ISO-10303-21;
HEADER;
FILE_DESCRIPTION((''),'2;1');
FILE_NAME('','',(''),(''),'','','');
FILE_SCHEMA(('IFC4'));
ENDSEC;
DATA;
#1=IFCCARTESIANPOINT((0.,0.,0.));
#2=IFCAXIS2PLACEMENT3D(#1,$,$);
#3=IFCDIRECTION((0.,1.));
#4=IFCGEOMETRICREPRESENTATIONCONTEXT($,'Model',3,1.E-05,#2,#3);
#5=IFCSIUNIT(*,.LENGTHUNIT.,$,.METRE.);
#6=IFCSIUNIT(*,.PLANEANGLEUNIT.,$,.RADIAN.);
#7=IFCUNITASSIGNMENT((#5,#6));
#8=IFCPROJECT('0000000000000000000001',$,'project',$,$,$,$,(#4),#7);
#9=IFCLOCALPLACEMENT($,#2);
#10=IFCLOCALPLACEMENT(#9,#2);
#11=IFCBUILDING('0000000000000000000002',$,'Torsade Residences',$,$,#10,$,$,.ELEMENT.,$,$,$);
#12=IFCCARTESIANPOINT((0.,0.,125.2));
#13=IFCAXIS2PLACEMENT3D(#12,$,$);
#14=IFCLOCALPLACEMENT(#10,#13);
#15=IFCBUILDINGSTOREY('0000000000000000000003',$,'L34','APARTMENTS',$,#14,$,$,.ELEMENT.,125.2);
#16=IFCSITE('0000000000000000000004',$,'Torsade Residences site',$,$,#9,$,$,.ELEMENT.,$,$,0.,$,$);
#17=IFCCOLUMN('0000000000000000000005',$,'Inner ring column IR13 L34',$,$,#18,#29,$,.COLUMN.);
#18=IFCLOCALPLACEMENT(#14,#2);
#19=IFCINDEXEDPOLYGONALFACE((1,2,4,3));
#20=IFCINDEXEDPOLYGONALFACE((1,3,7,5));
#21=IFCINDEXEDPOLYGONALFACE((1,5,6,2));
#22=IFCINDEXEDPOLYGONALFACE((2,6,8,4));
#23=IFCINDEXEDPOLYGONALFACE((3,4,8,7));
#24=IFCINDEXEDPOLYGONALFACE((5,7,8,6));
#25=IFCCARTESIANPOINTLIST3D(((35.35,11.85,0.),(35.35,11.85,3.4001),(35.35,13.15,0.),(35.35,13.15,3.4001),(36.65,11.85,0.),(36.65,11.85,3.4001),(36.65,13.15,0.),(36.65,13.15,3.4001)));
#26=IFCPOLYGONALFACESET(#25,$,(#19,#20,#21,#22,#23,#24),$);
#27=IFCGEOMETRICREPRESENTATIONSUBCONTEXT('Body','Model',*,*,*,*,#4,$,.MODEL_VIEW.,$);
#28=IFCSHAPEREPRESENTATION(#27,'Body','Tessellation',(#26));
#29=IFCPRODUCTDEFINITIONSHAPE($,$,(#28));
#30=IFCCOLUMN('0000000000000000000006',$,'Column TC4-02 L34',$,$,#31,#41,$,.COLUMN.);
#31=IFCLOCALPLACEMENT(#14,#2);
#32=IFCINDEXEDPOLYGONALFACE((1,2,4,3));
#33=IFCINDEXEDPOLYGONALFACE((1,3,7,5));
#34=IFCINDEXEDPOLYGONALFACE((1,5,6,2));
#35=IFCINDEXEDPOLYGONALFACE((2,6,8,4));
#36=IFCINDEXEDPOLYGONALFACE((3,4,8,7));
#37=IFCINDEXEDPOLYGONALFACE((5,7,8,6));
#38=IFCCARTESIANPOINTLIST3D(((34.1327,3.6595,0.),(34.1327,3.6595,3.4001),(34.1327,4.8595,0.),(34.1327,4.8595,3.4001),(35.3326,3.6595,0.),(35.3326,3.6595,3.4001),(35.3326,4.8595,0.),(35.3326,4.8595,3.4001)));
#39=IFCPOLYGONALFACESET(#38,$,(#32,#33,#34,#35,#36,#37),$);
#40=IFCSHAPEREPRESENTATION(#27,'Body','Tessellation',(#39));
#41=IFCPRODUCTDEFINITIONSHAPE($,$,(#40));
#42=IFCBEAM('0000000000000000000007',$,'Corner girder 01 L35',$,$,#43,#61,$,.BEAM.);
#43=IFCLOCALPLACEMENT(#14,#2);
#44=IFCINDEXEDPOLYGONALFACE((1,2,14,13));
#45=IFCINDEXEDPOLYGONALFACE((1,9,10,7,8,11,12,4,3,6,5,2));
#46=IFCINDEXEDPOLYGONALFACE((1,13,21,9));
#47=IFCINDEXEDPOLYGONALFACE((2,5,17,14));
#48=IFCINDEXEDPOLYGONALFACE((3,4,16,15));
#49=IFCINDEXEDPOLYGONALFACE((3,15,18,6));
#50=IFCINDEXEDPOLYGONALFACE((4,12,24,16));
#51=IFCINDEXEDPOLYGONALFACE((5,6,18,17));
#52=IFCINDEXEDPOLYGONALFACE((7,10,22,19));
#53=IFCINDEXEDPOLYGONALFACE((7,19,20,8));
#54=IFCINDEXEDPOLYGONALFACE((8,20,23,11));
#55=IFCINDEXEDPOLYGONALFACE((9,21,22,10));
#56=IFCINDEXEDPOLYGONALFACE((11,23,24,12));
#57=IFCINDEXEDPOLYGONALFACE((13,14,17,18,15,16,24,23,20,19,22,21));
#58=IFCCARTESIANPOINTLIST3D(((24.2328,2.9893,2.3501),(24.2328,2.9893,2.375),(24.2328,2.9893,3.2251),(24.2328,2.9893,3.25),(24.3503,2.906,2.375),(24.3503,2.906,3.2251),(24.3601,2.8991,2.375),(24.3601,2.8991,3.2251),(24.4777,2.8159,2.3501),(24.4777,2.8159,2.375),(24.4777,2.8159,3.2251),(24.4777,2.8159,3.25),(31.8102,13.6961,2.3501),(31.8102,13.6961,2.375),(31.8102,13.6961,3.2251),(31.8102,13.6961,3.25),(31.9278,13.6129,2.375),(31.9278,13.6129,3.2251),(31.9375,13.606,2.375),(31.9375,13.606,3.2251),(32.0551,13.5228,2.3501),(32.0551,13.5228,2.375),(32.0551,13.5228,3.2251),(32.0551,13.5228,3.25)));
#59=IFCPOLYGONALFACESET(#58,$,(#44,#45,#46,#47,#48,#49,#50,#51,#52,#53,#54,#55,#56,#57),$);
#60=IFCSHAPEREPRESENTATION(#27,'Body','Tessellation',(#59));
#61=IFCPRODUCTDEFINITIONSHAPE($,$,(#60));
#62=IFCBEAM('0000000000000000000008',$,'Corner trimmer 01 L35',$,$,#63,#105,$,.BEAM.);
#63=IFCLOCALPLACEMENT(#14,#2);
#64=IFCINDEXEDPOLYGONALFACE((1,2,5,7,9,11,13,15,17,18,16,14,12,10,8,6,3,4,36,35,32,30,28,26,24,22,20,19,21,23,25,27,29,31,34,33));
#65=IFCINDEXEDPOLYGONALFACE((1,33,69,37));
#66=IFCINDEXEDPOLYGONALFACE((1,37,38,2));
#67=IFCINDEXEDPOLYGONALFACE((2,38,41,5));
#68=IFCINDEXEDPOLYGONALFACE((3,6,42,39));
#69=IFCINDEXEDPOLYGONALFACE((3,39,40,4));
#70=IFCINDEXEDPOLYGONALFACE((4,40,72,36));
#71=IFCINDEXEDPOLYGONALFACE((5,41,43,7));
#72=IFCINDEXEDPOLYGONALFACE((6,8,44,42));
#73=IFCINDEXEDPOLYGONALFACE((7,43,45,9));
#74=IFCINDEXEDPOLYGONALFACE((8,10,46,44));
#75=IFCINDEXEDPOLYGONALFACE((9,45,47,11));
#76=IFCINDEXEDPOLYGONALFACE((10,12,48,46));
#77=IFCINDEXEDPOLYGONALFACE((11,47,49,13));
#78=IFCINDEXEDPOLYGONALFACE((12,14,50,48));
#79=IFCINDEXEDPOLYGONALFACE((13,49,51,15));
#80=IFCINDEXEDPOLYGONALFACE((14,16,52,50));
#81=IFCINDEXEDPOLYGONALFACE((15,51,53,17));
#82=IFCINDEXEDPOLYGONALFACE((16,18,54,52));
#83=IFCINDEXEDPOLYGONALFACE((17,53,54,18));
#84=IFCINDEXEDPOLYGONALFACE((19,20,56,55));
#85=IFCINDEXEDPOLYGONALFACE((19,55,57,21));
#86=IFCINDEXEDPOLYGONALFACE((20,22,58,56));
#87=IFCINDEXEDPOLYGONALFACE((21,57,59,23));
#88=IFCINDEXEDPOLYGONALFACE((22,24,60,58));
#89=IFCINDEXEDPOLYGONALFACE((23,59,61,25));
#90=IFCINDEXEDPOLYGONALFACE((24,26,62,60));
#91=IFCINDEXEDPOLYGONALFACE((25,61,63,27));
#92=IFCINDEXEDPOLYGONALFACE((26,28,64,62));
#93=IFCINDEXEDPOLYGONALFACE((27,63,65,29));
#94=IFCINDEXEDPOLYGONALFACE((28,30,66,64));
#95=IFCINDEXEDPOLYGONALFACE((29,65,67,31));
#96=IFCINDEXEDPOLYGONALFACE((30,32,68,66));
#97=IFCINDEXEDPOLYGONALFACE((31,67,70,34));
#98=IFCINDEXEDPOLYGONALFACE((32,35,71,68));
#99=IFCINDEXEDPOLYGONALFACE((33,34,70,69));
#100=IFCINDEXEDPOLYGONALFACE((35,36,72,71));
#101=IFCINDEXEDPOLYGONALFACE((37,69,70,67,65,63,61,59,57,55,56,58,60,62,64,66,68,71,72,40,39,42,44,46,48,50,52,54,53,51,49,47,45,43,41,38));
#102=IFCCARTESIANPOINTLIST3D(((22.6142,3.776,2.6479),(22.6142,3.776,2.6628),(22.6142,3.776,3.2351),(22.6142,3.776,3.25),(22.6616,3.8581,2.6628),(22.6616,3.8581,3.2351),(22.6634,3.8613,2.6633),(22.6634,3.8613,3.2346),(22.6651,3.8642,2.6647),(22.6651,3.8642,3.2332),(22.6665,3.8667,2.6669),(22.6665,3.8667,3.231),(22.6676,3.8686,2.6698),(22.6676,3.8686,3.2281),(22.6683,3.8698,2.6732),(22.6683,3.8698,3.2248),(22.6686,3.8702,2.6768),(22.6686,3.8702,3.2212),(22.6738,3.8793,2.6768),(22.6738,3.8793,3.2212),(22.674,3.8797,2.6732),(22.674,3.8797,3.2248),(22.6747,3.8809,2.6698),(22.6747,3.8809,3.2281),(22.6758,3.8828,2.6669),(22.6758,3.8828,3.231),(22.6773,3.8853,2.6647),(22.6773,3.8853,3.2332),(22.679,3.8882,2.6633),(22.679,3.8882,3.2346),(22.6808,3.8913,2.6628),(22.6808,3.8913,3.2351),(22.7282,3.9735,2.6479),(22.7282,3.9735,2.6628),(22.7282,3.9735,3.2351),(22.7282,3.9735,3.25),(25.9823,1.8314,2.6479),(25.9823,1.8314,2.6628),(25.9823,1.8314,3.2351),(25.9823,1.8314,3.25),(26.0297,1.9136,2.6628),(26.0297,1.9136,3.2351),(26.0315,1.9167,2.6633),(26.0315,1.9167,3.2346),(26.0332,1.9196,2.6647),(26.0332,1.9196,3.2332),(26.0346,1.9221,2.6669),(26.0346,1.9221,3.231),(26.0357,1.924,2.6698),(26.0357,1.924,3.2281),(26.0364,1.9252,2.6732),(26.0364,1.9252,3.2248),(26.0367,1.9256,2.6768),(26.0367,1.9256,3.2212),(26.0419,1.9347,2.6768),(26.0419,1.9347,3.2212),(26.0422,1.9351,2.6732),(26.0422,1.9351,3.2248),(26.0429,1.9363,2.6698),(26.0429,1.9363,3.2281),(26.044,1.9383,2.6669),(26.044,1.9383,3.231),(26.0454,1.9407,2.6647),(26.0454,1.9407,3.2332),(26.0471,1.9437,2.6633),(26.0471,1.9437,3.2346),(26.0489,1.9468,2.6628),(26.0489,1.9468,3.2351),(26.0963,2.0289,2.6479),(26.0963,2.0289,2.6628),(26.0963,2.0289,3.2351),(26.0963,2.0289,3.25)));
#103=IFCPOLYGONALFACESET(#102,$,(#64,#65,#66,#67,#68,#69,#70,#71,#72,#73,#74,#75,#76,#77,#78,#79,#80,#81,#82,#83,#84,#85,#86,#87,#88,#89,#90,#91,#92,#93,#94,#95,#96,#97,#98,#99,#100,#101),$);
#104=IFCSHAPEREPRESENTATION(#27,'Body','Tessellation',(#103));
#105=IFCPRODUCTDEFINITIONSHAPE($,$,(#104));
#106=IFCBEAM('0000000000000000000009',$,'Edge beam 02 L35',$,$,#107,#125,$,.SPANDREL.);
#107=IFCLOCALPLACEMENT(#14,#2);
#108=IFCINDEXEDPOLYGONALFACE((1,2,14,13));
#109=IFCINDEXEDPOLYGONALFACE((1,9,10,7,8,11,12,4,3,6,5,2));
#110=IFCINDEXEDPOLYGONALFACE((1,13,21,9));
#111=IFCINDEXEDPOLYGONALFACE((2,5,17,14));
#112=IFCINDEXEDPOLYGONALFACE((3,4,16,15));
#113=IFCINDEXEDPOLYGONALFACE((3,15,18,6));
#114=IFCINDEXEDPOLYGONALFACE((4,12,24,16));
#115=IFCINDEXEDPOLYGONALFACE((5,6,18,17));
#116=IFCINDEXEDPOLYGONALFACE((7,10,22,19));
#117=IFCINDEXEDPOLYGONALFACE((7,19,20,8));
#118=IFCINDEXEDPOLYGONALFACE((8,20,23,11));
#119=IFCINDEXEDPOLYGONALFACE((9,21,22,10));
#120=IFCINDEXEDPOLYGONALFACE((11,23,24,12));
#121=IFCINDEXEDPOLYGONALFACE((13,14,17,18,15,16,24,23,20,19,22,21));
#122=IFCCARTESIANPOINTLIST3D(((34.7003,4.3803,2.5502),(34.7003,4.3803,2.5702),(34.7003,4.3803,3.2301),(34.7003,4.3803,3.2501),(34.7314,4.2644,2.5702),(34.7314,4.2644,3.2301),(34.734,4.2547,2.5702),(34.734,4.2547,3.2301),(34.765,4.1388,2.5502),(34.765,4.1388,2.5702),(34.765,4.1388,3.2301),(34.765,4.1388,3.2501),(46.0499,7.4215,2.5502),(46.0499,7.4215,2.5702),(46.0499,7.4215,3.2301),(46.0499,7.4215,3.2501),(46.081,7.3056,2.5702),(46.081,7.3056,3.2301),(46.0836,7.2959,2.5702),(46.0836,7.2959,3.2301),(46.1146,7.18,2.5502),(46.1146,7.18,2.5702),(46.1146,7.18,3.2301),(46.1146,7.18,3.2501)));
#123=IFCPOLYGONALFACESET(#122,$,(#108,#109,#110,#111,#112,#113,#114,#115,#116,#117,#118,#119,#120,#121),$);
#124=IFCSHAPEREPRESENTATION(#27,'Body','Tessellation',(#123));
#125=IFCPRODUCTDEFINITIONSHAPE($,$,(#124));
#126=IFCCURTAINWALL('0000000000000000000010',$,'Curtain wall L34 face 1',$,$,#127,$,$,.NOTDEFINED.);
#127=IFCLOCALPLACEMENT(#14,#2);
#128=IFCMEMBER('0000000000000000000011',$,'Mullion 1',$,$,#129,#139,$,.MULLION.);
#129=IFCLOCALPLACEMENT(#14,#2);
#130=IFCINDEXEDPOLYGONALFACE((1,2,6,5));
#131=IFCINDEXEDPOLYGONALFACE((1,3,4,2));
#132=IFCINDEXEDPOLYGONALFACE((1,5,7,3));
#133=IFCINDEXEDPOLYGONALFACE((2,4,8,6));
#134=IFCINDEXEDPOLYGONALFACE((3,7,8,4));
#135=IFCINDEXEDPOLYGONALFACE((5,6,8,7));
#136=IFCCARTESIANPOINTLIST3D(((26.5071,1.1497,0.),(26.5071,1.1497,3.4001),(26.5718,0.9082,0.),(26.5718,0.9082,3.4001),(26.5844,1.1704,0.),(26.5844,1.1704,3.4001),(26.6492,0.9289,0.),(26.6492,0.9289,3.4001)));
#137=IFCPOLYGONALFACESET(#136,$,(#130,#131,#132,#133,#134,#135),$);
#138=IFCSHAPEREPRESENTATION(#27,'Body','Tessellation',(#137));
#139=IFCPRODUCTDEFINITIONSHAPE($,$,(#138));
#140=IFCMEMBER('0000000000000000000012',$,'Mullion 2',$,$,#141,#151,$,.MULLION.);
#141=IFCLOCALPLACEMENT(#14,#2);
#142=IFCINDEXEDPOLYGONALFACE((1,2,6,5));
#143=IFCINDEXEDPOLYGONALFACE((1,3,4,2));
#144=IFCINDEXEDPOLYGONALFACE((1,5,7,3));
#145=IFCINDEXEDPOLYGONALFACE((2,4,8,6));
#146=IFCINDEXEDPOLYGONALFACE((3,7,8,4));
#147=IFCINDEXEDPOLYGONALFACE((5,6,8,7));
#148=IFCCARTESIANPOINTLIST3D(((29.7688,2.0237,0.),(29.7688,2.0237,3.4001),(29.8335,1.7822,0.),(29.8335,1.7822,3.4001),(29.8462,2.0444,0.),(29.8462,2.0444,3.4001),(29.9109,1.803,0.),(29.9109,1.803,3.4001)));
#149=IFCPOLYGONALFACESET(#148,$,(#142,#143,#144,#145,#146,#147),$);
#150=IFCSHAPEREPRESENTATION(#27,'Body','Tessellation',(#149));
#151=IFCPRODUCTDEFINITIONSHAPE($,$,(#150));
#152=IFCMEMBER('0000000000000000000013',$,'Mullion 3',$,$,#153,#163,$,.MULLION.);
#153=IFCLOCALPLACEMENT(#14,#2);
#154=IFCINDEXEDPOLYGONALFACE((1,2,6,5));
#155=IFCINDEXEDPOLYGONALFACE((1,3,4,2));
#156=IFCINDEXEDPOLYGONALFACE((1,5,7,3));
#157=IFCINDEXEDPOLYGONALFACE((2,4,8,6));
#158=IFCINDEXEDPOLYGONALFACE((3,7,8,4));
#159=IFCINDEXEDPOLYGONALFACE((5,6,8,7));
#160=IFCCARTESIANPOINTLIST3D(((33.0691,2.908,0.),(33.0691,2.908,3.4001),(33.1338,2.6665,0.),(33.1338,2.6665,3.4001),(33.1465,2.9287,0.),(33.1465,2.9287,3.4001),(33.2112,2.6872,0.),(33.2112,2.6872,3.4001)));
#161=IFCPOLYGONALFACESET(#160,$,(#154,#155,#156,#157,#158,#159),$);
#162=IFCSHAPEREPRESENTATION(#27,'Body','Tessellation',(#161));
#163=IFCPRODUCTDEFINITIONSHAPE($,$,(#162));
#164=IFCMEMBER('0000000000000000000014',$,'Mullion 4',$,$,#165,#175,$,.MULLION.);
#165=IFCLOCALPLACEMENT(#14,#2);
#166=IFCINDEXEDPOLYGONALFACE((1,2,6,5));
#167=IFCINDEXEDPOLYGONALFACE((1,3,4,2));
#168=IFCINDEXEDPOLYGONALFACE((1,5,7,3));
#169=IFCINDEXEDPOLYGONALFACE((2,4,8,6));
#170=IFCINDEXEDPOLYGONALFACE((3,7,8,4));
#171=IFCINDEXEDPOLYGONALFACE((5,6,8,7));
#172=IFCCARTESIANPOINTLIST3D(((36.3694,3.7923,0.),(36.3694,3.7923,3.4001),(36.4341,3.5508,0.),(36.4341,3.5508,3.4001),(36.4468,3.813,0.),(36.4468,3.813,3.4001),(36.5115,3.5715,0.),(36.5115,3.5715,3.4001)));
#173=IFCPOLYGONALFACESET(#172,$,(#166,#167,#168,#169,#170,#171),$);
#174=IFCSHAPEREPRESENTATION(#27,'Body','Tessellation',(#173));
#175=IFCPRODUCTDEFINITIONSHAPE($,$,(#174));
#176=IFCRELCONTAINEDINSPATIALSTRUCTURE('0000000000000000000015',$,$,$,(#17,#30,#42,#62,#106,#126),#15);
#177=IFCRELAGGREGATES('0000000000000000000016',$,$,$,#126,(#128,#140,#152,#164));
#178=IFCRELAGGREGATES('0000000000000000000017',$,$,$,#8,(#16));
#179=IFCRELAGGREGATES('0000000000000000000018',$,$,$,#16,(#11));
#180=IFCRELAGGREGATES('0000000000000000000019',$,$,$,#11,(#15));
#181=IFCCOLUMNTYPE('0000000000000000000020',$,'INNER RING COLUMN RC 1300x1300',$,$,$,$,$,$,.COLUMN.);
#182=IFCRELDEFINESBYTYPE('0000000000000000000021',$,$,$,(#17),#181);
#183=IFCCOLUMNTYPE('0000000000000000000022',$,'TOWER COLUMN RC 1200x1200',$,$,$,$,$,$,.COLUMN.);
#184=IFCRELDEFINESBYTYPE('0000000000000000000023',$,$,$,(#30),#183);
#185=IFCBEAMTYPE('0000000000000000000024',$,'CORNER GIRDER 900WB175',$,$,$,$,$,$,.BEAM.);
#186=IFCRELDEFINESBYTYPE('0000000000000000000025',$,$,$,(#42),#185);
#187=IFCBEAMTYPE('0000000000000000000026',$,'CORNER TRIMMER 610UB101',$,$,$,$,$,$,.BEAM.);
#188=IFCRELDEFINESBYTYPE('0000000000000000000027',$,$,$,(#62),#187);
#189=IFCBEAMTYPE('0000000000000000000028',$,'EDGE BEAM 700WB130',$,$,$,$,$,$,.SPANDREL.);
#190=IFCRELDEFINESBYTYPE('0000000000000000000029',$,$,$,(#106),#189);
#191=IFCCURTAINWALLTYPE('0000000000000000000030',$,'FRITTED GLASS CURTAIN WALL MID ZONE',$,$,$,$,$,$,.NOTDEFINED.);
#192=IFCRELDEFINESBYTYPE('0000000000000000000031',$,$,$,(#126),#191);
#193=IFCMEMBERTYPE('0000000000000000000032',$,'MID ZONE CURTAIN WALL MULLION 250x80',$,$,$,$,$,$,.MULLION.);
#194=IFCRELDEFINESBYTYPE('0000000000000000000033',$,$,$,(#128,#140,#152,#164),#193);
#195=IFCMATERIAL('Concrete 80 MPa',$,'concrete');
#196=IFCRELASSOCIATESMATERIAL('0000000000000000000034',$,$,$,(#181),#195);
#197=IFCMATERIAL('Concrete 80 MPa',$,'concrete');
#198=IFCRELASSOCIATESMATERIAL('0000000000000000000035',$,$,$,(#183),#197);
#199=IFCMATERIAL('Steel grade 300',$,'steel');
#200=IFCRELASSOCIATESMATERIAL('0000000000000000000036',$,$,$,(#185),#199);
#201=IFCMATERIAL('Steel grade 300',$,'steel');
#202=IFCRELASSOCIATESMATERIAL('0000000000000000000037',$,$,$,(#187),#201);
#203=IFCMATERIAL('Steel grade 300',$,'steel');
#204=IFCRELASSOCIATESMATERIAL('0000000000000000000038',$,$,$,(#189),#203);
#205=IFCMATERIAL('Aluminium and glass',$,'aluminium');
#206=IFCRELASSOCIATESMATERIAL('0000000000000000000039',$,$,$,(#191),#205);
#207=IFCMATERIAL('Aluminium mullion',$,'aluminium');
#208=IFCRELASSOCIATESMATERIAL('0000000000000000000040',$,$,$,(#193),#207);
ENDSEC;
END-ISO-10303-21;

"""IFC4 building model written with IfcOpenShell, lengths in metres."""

from ifc_helpers import new_model, si_unit, direction, frame, origin, origin_2d, place, context, subcontext, project, spatial, rectangle, i_section, extrude, material, material_profile, profile_set, type_object, element, aggregate, save


model = new_model("IFC4")

# Units and contexts
model_context = context("Model", 3, precision=1e-05, world=origin(), true_north=direction((0.0, 1.0)))
body_context = subcontext(model_context, "Body", "Model", "MODEL_VIEW")
ifc_project = project(units=[si_unit("LENGTHUNIT", "METRE"), si_unit("PLANEANGLEUNIT", "RADIAN")], contexts=[model_context])

# Site, building, storey
site_placement = place(None, origin())
site = spatial("IfcSite", under=ifc_project, at=site_placement, Name="Torsade Residences site", CompositionType="ELEMENT", RefElevation=0.0)
building_placement = place(site_placement, origin())
building = spatial("IfcBuilding", under=site, at=building_placement, Name="Torsade Residences", CompositionType="ELEMENT")
storey_placement = place(building_placement, frame((0.0, 0.0, 125.2)))
storey = spatial("IfcBuildingStorey", under=building, at=storey_placement, Name="L34", Description="APARTMENTS", CompositionType="ELEMENT", Elevation=125.2)

# Columns
ifc_material_1 = material(Name="Concrete 80 MPa", Category="concrete")
ifc_material_profile_1 = material_profile(ifc_material_1, rectangle(XDim=1.3, YDim=1.3, at=origin_2d()), Name="RC 1300x1300")
ifc_profile_set_1 = profile_set([ifc_material_profile_1], Name="Concrete 80 MPa")
column_type_1 = type_object("IfcColumnType", Name="INNER RING COLUMN RC 1300x1300", PredefinedType="COLUMN", material=ifc_profile_set_1)
column_1_placement = place(storey_placement, frame((36.0, 12.5, 0.0), z_axis=(0.0, 0.0, 1.0), x_axis=(1.0, 0.0, 0.0)))
element("IfcColumn", 1, at=column_1_placement, inside=storey, type_object=column_type_1, Name="Inner ring column IR13 L34", PredefinedType="COLUMN", context=body_context, shape_type="SweptSolid", body=[
    extrude(rectangle(XDim=1.3, YDim=1.3, at=origin_2d()), origin(), (0.0, 0.0, 1.0), 3.4001),
])
ifc_material_2 = material(Name="Concrete 80 MPa", Category="concrete")
ifc_material_profile_2 = material_profile(ifc_material_2, rectangle(XDim=1.2, YDim=1.2, at=origin_2d()), Name="RC 1200x1200")
ifc_profile_set_2 = profile_set([ifc_material_profile_2], Name="Concrete 80 MPa")
column_type_2 = type_object("IfcColumnType", Name="TOWER COLUMN RC 1200x1200", PredefinedType="COLUMN", material=ifc_profile_set_2)
column_2_placement = place(storey_placement, frame((34.7327, 4.2595, 0.0), z_axis=(0.0, 0.0, 1.0), x_axis=(1.0, 0.0, 0.0)))
element("IfcColumn", 2, at=column_2_placement, inside=storey, type_object=column_type_2, Name="Column TC4-02 L34", PredefinedType="COLUMN", context=body_context, shape_type="SweptSolid", body=[
    extrude(rectangle(XDim=1.2, YDim=1.2, at=origin_2d()), origin(), (0.0, 0.0, 1.0), 3.4001),
])

# Beams
ifc_material_3 = material(Name="Steel grade 300", Category="steel")
ifc_material_profile_3 = material_profile(ifc_material_3, i_section(OverallWidth=0.3, OverallDepth=0.8999, WebThickness=0.012, FlangeThickness=0.0249, at=origin_2d()), Name="900WB175")
ifc_profile_set_3 = profile_set([ifc_material_profile_3], Name="Steel grade 300")
beam_type_1 = type_object("IfcBeamType", Name="CORNER GIRDER 900WB175", PredefinedType="BEAM", material=ifc_profile_set_3)
beam_1_placement = place(storey_placement, frame((24.3552, 2.9026, 2.8), z_axis=(0.577683, 0.816261, 0.0), x_axis=(-0.816261, 0.577683, 0.0)))
element("IfcBeam", 3, at=beam_1_placement, inside=storey, type_object=beam_type_1, Name="Corner girder 01 L35", PredefinedType="BEAM", context=body_context, shape_type="SweptSolid", body=[
    extrude(i_section(OverallWidth=0.3, OverallDepth=0.8999, WebThickness=0.012, FlangeThickness=0.0249, at=origin_2d()), origin(), (0.0, 0.0, 1.0), 13.1169),
])
ifc_material_4 = material(Name="Steel grade 300", Category="steel")
ifc_material_profile_4 = material_profile(ifc_material_4, i_section(OverallWidth=0.228, OverallDepth=0.6021, WebThickness=0.0105, FlangeThickness=0.0149, FilletRadius=0.0139, at=origin_2d()), Name="610UB101")
ifc_profile_set_4 = profile_set([ifc_material_profile_4], Name="Steel grade 300")
beam_type_2 = type_object("IfcBeamType", Name="CORNER TRIMMER 610UB101", PredefinedType="BEAM", material=ifc_profile_set_4)
beam_2_placement = place(storey_placement, frame((26.0393, 1.9302, 2.949), z_axis=(-0.866029, 0.499994, 0.0), x_axis=(-0.499994, -0.866029, 0.0)))
element("IfcBeam", 4, at=beam_2_placement, inside=storey, type_object=beam_type_2, Name="Corner trimmer 01 L35", PredefinedType="BEAM", context=body_context, shape_type="SweptSolid", body=[
    extrude(i_section(OverallWidth=0.228, OverallDepth=0.6021, WebThickness=0.0105, FlangeThickness=0.0149, FilletRadius=0.0139, at=origin_2d()), origin(), (0.0, 0.0, 1.0), 3.8892),
])
ifc_material_5 = material(Name="Steel grade 300", Category="steel")
ifc_material_profile_5 = material_profile(ifc_material_5, i_section(OverallWidth=0.25, OverallDepth=0.7, WebThickness=0.01, FlangeThickness=0.02, at=origin_2d()), Name="700WB130")
ifc_profile_set_5 = profile_set([ifc_material_profile_5], Name="Steel grade 300")
beam_type_3 = type_object("IfcBeamType", Name="EDGE BEAM 700WB130", PredefinedType="SPANDREL", material=ifc_profile_set_5)
beam_3_placement = place(storey_placement, frame((34.7327, 4.2595, 2.9001), z_axis=(0.965923, 0.25883, 0.0), x_axis=(-0.25883, 0.965923, 0.0)))
element("IfcBeam", 5, at=beam_3_placement, inside=storey, type_object=beam_type_3, Name="Edge beam 02 L35", PredefinedType="SPANDREL", context=body_context, shape_type="SweptSolid", body=[
    extrude(i_section(OverallWidth=0.25, OverallDepth=0.7, WebThickness=0.01, FlangeThickness=0.02, at=origin_2d()), origin(), (0.0, 0.0, 1.0), 11.75),
])

# Curtain wall, members
ifc_material_6 = material(Name="Aluminium and glass", Category="aluminium")
curtain_wall_type = type_object("IfcCurtainWallType", Name="FRITTED GLASS CURTAIN WALL MID ZONE", PredefinedType="NOTDEFINED", material=ifc_material_6)
curtain_wall_placement = place(storey_placement, origin())
curtain_wall = element("IfcCurtainWall", 6, at=curtain_wall_placement, inside=storey, type_object=curtain_wall_type, Name="Curtain wall L34 face 1", PredefinedType="NOTDEFINED")
ifc_material_7 = material(Name="Aluminium mullion", Category="aluminium")
ifc_material_profile_6 = material_profile(ifc_material_7, rectangle(XDim=0.25, YDim=0.0801, at=origin_2d()), Name="MID ZONE CURTAIN WALL MULLION 250x80")
ifc_profile_set_6 = profile_set([ifc_material_profile_6], Name="Aluminium mullion")
member_type_1 = type_object("IfcMemberType", Name="MID ZONE CURTAIN WALL MULLION 250x80", PredefinedType="MULLION", material=ifc_profile_set_6)
member_1_placement = place(storey_placement, frame((26.5781, 1.0393, 0.0), z_axis=(0.0, 0.0, 1.0), x_axis=(-0.258819, 0.965926, 0.0)))
member_1 = element("IfcMember", 7, at=member_1_placement, type_object=member_type_1, Name="Mullion 1", PredefinedType="MULLION", context=body_context, shape_type="SweptSolid", body=[
    extrude(rectangle(XDim=0.25, YDim=0.0801, at=origin_2d()), origin(), (0.0, 0.0, 1.0), 3.4001),
])
member_2_placement = place(storey_placement, frame((29.8398, 1.9133, 0.0), z_axis=(0.0, 0.0, 1.0), x_axis=(-0.258819, 0.965926, 0.0)))
member_2 = element("IfcMember", 8, at=member_2_placement, type_object=member_type_1, Name="Mullion 2", PredefinedType="MULLION", context=body_context, shape_type="SweptSolid", body=[
    extrude(rectangle(XDim=0.25, YDim=0.0801, at=origin_2d()), origin(), (0.0, 0.0, 1.0), 3.4001),
])
member_3_placement = place(storey_placement, frame((33.1401, 2.7976, 0.0), z_axis=(0.0, 0.0, 1.0), x_axis=(-0.258819, 0.965926, 0.0)))
member_3 = element("IfcMember", 9, at=member_3_placement, type_object=member_type_1, Name="Mullion 3", PredefinedType="MULLION", context=body_context, shape_type="SweptSolid", body=[
    extrude(rectangle(XDim=0.25, YDim=0.0801, at=origin_2d()), origin(), (0.0, 0.0, 1.0), 3.4001),
])
member_4_placement = place(storey_placement, frame((36.4404, 3.6819, 0.0), z_axis=(0.0, 0.0, 1.0), x_axis=(-0.258819, 0.965926, 0.0)))
member_4 = element("IfcMember", 10, at=member_4_placement, type_object=member_type_1, Name="Mullion 4", PredefinedType="MULLION", context=body_context, shape_type="SweptSolid", body=[
    extrude(rectangle(XDim=0.25, YDim=0.0801, at=origin_2d()), origin(), (0.0, 0.0, 1.0), 3.4001),
])

aggregate(curtain_wall, [member_1, member_2, member_3, member_4])

save(model, "model.ifc")
